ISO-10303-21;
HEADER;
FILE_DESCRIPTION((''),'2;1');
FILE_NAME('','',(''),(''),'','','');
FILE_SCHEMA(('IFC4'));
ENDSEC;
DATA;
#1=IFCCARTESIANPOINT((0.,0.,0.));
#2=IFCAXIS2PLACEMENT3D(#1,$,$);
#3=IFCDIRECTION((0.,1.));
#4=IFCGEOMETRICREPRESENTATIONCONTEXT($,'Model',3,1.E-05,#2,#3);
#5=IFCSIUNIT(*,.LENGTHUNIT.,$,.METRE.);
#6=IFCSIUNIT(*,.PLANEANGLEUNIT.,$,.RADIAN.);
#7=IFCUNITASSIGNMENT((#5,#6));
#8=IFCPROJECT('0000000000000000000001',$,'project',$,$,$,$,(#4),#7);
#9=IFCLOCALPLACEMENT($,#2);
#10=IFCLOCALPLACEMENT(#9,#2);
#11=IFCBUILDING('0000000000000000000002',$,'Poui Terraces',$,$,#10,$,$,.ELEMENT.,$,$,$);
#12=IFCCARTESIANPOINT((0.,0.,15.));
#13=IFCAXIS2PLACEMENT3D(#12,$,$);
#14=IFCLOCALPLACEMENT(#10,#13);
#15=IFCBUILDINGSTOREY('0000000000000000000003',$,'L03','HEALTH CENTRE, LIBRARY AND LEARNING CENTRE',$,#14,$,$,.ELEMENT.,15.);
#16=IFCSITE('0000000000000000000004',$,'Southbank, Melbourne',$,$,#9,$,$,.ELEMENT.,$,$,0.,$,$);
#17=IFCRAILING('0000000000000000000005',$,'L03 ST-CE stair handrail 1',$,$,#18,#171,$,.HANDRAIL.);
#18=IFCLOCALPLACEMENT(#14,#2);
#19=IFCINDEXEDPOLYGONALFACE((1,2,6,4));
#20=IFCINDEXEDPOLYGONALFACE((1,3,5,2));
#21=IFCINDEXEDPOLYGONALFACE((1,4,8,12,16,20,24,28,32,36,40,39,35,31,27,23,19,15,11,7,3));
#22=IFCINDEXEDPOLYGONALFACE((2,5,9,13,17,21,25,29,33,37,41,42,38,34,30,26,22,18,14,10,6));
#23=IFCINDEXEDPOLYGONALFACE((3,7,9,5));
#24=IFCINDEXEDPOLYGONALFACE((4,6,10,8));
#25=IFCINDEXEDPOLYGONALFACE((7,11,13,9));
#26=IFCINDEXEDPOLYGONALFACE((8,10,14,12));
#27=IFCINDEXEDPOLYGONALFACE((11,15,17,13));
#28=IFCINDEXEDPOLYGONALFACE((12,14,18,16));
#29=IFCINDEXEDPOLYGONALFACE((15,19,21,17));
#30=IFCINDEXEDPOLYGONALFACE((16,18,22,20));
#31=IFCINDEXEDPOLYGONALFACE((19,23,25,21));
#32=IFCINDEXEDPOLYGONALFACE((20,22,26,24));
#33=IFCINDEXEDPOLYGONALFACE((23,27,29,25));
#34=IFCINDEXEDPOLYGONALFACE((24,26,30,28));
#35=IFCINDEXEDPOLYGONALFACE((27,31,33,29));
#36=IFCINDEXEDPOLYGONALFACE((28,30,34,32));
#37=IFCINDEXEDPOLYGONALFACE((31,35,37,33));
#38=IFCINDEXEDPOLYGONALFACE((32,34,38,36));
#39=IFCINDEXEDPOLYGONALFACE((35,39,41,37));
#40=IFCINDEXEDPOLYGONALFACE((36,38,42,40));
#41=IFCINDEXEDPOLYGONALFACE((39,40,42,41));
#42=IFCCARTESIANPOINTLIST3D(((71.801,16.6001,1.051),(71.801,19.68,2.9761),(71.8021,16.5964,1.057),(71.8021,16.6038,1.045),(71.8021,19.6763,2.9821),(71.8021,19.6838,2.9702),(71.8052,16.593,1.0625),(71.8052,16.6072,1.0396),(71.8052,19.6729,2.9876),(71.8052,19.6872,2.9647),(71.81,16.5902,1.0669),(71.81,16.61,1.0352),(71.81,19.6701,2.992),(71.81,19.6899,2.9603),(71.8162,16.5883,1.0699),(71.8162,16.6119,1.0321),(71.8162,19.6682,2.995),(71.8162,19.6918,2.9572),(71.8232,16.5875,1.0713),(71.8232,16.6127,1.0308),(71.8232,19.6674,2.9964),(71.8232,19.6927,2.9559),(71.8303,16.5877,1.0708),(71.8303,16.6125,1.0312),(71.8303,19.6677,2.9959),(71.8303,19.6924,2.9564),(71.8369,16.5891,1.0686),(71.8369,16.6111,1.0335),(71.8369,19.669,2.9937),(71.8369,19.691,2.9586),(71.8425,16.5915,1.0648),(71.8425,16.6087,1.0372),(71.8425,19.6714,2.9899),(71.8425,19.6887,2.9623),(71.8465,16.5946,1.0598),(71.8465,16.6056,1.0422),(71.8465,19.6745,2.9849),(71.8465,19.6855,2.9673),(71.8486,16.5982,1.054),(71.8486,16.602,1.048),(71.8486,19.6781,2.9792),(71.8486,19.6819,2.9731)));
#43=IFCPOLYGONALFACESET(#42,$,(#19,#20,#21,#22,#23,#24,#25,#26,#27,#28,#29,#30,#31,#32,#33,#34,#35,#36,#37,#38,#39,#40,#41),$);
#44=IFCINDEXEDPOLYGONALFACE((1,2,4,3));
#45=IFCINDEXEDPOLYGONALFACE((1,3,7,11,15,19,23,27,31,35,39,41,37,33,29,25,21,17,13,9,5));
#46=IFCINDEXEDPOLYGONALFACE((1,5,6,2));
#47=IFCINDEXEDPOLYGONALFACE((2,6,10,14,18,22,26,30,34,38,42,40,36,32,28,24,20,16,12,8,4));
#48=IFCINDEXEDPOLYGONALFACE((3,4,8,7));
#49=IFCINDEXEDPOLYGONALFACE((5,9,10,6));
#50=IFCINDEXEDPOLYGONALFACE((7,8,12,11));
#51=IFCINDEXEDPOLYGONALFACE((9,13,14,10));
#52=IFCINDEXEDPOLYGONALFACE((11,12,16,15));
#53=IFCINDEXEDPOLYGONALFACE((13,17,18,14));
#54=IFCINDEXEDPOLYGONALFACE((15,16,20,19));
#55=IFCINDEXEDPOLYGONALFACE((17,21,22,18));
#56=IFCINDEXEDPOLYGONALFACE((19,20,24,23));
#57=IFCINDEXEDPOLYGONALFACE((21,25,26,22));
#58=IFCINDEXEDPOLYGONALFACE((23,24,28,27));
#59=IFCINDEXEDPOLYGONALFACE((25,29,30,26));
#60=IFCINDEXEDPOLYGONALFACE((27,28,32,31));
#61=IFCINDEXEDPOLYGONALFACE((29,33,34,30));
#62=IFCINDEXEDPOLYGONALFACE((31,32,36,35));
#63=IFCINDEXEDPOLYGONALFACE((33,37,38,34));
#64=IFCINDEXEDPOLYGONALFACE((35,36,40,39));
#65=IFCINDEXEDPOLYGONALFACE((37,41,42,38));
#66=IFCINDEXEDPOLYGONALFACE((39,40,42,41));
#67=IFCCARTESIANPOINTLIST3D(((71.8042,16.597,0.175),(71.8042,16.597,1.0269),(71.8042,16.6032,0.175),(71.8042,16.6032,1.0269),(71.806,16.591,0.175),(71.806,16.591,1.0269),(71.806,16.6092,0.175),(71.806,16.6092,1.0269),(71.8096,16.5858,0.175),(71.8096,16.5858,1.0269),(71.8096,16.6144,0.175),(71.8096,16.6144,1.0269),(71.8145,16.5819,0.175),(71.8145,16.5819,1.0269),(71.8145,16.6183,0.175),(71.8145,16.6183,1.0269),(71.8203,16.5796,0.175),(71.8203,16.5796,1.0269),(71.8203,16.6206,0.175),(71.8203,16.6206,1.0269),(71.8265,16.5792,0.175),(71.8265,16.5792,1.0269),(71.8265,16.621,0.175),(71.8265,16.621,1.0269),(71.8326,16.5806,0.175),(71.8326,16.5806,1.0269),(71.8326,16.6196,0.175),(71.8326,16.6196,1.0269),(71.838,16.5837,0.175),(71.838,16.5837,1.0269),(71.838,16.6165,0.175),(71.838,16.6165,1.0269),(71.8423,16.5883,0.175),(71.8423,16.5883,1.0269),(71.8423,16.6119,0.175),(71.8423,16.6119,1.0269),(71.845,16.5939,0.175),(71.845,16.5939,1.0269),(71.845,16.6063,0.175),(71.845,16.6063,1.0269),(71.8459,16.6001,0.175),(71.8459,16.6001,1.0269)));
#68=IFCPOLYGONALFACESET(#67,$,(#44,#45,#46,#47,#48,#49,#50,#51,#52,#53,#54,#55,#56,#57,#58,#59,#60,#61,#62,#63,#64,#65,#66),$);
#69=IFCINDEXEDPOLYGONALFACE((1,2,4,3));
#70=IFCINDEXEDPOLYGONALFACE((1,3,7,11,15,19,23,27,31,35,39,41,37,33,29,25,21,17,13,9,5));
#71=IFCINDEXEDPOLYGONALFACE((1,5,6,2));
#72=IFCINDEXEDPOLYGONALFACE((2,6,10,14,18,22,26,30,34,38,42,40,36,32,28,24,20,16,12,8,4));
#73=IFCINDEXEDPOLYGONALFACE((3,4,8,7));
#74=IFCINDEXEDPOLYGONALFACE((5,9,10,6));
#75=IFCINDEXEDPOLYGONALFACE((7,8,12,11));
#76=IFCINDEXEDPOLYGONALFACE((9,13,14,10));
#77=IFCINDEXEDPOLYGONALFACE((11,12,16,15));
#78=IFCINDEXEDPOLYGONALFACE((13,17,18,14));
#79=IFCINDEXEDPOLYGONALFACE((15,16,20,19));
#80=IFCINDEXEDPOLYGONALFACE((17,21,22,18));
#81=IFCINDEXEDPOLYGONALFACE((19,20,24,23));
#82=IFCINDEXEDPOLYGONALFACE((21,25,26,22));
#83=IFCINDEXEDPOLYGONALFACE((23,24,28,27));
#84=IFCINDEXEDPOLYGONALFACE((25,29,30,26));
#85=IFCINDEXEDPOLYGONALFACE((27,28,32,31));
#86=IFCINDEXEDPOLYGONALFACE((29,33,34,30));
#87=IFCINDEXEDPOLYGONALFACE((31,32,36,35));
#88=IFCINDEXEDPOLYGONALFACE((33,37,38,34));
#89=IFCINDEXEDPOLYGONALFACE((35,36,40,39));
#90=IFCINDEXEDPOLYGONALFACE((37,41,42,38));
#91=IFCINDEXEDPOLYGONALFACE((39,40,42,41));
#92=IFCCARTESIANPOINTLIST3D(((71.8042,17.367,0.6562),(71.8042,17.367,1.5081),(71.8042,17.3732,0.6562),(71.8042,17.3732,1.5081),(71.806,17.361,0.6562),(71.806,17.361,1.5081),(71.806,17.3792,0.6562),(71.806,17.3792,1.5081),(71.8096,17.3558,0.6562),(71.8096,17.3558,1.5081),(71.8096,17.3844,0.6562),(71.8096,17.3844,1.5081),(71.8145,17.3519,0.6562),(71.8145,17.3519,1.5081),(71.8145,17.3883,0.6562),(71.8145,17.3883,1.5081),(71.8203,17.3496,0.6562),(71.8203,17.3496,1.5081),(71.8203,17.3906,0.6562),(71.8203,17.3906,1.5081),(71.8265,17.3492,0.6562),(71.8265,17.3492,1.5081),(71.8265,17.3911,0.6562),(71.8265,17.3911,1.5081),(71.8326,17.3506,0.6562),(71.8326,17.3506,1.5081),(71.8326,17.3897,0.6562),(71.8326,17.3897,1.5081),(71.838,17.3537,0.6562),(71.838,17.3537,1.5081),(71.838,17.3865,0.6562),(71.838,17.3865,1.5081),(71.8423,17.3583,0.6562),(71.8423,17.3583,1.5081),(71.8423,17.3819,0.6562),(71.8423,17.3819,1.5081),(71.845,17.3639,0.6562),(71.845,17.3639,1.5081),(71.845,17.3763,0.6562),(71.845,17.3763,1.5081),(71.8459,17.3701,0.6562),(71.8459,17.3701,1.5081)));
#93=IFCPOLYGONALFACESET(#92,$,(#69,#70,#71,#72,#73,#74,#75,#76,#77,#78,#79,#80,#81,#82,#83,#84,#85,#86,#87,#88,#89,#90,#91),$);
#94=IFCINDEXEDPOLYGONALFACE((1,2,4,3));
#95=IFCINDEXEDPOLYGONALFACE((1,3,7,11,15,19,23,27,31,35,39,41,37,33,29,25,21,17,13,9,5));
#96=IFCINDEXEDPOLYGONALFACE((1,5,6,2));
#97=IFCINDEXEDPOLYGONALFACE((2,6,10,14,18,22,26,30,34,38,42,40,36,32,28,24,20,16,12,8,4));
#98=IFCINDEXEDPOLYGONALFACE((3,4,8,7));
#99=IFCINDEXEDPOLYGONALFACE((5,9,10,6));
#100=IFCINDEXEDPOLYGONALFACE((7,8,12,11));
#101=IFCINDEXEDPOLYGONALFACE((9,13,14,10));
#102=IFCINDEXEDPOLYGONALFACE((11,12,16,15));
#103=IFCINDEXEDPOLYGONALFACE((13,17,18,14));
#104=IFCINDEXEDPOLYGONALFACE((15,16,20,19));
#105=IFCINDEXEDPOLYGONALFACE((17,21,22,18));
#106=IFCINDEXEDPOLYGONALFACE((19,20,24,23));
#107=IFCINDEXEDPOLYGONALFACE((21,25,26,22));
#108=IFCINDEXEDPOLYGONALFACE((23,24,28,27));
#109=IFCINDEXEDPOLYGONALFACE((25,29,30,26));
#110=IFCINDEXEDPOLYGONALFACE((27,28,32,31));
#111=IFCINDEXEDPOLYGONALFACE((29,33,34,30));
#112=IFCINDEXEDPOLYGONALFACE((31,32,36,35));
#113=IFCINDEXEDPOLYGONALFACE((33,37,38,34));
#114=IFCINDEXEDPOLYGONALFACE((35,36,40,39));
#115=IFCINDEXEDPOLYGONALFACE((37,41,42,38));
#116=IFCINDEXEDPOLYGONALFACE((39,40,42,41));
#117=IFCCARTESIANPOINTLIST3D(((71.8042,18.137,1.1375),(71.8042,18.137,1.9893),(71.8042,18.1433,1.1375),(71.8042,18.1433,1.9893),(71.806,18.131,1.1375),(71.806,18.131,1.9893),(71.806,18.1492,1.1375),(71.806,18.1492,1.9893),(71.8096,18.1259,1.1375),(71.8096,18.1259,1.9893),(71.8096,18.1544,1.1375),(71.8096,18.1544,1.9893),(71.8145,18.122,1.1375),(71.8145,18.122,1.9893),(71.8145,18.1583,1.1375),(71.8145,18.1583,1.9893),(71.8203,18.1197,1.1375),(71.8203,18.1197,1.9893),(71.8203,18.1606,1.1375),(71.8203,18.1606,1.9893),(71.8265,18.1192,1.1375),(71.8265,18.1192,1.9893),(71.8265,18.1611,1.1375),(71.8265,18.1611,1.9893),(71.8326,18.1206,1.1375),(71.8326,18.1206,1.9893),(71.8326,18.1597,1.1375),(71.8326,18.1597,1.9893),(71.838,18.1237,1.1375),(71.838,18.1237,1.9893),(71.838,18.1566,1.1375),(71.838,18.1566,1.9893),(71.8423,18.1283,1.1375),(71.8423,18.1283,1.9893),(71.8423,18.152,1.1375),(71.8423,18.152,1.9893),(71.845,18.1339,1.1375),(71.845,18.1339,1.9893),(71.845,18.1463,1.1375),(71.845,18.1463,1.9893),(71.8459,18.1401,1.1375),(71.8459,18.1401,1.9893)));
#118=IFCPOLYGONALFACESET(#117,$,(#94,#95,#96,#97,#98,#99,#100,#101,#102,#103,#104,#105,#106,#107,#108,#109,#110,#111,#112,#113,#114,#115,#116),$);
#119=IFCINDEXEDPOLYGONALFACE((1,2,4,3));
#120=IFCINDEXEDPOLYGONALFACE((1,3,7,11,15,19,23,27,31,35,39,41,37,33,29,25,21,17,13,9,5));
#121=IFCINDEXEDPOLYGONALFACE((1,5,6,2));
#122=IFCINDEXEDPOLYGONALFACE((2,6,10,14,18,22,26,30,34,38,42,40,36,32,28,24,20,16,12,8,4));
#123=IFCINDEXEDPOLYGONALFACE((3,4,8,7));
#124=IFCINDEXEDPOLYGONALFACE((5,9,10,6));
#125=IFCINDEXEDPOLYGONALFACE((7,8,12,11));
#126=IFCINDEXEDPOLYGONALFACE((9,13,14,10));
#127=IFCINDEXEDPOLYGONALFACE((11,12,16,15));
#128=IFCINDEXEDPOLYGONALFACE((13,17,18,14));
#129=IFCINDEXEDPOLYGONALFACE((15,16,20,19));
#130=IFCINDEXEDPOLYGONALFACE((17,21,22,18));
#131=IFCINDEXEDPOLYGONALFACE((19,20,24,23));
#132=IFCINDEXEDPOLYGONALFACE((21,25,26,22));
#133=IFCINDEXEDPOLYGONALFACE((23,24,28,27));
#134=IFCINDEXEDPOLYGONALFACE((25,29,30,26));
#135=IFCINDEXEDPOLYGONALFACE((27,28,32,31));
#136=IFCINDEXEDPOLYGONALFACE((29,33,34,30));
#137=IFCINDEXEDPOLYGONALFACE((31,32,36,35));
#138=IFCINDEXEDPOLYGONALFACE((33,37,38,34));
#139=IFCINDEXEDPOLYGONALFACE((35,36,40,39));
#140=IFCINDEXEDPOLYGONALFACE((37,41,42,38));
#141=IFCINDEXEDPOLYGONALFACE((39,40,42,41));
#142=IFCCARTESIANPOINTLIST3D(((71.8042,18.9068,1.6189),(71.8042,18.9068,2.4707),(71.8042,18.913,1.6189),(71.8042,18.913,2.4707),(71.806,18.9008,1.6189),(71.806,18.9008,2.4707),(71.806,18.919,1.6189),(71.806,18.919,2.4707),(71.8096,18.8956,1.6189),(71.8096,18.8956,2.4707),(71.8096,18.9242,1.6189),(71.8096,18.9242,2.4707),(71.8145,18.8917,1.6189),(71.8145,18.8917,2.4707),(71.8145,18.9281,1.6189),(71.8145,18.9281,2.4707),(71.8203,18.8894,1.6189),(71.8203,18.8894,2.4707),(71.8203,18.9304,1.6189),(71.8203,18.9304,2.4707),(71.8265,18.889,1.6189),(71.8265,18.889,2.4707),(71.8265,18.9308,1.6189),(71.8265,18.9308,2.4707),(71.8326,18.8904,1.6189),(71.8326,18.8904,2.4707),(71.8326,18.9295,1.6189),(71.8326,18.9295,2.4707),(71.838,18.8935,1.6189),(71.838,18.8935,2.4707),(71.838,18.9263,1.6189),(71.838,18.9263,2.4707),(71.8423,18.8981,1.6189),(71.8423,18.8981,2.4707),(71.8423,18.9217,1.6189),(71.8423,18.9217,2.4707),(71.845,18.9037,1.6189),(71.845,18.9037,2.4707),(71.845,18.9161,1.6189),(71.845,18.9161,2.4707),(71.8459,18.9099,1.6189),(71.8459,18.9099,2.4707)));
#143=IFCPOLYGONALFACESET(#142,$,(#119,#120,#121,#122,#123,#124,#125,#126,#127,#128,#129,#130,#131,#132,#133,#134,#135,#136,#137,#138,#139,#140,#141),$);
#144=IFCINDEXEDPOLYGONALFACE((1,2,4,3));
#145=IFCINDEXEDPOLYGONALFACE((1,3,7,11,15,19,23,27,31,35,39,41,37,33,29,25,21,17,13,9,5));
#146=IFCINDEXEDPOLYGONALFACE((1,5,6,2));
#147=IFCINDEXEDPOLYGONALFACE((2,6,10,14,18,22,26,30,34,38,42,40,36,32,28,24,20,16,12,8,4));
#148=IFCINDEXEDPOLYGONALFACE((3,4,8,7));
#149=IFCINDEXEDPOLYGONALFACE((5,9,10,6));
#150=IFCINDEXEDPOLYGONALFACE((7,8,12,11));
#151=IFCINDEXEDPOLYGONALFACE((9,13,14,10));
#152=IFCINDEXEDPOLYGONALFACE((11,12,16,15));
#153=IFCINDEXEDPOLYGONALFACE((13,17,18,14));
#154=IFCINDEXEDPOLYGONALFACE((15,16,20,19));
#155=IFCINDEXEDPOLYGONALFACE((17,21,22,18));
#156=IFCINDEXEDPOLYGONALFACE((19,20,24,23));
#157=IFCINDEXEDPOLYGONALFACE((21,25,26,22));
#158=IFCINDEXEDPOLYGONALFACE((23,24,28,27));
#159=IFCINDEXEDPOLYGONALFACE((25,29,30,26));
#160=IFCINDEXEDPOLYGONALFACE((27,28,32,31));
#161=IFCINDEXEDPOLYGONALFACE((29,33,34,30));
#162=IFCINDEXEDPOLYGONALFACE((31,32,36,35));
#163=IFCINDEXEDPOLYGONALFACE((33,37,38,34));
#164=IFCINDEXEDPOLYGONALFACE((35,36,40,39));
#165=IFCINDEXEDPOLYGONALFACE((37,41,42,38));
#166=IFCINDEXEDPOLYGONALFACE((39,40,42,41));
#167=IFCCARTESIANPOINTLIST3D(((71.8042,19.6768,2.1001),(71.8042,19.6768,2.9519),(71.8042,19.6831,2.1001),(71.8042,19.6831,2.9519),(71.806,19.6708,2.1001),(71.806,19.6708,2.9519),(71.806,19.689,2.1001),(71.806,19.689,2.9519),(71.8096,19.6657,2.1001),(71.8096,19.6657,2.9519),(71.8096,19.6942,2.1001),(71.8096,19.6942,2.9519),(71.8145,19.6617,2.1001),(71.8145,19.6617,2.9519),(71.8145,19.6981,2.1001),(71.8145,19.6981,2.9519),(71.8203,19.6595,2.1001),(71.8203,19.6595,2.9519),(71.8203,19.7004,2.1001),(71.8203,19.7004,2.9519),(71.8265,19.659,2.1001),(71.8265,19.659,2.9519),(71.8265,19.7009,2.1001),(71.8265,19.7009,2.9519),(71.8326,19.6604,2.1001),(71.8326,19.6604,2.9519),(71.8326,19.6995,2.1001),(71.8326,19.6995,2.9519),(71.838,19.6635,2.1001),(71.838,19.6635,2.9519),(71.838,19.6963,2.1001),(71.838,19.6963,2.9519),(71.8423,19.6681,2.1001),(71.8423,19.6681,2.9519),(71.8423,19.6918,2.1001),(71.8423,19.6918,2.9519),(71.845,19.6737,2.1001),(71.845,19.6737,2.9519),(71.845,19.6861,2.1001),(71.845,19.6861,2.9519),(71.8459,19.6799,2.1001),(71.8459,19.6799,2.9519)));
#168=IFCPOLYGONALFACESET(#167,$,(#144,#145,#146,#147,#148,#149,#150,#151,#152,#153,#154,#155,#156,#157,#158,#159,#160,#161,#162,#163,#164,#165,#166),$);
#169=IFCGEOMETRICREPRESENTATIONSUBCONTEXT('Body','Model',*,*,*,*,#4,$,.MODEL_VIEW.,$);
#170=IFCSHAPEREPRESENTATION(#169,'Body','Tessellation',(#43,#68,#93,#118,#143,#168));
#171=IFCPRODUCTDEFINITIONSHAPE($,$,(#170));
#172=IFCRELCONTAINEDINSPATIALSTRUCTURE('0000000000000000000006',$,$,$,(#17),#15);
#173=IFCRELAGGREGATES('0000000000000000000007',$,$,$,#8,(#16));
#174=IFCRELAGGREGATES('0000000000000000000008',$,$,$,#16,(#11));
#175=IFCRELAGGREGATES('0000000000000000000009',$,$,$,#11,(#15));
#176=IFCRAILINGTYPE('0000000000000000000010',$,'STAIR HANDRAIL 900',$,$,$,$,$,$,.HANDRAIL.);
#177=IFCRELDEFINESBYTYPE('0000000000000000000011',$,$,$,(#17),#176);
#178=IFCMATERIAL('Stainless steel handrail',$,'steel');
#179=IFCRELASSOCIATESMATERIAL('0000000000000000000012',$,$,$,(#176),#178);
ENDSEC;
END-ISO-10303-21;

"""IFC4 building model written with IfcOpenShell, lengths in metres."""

from ifc_helpers import new_model, si_unit, direction, frame, origin, origin_2d, place, context, subcontext, project, spatial, circle, extrude, material, type_object, element, save


model = new_model("IFC4")

# Units and contexts
model_context = context("Model", 3, precision=1e-05, world=origin(), true_north=direction((0.0, 1.0)))
body_context = subcontext(model_context, "Body", "Model", "MODEL_VIEW")
ifc_project = project(units=[si_unit("LENGTHUNIT", "METRE"), si_unit("PLANEANGLEUNIT", "RADIAN")], contexts=[model_context])

# Site, building, storey
site_placement = place(None, origin())
site = spatial("IfcSite", under=ifc_project, at=site_placement, Name="Southbank, Melbourne", CompositionType="ELEMENT", RefElevation=0.0)
building_placement = place(site_placement, origin())
building = spatial("IfcBuilding", under=site, at=building_placement, Name="Poui Terraces", CompositionType="ELEMENT")
storey_placement = place(building_placement, frame((0.0, 0.0, 15.0)))
storey = spatial("IfcBuildingStorey", under=building, at=storey_placement, Name="L03", Description="HEALTH CENTRE, LIBRARY AND LEARNING CENTRE", CompositionType="ELEMENT", Elevation=15.0)

# Railing
ifc_material_1 = material(Name="Stainless steel handrail", Category="steel")
railing_type_1 = type_object("IfcRailingType", Name="STAIR HANDRAIL 900", PredefinedType="HANDRAIL", material=ifc_material_1)
railing_1_placement = place(storey_placement, frame((71.825, 16.6001, 0.175)))
element("IfcRailing", 1, at=railing_1_placement, inside=storey, type_object=railing_type_1, Name="L03 ST-CE stair handrail 1", PredefinedType="HANDRAIL", context=body_context, shape_type="SweptSolid", body=[
    extrude(circle(Radius=0.0239, at=origin_2d()), frame((0.0, 0.0, 0.876), z_axis=(0.0, 0.847979, 0.530029), x_axis=(-1.0, 0.0, 0.0)), (0.0, 0.0, 1.0), 3.6321),
    extrude(circle(Radius=0.021, at=origin_2d()), origin(), (0.0, 0.0, 1.0), 0.8518),
    extrude(circle(Radius=0.021, at=origin_2d()), frame((0.0, 0.77, 0.4812)), (0.0, 0.0, 1.0), 0.8518),
    extrude(circle(Radius=0.021, at=origin_2d()), frame((0.0, 1.54, 0.9624)), (0.0, 0.0, 1.0), 0.8518),
    extrude(circle(Radius=0.021, at=origin_2d()), frame((0.0, 2.3098, 1.4438)), (0.0, 0.0, 1.0), 0.8518),
    extrude(circle(Radius=0.021, at=origin_2d()), frame((0.0, 3.0798, 1.925)), (0.0, 0.0, 1.0), 0.8518),
])

save(model, "model.ifc")
